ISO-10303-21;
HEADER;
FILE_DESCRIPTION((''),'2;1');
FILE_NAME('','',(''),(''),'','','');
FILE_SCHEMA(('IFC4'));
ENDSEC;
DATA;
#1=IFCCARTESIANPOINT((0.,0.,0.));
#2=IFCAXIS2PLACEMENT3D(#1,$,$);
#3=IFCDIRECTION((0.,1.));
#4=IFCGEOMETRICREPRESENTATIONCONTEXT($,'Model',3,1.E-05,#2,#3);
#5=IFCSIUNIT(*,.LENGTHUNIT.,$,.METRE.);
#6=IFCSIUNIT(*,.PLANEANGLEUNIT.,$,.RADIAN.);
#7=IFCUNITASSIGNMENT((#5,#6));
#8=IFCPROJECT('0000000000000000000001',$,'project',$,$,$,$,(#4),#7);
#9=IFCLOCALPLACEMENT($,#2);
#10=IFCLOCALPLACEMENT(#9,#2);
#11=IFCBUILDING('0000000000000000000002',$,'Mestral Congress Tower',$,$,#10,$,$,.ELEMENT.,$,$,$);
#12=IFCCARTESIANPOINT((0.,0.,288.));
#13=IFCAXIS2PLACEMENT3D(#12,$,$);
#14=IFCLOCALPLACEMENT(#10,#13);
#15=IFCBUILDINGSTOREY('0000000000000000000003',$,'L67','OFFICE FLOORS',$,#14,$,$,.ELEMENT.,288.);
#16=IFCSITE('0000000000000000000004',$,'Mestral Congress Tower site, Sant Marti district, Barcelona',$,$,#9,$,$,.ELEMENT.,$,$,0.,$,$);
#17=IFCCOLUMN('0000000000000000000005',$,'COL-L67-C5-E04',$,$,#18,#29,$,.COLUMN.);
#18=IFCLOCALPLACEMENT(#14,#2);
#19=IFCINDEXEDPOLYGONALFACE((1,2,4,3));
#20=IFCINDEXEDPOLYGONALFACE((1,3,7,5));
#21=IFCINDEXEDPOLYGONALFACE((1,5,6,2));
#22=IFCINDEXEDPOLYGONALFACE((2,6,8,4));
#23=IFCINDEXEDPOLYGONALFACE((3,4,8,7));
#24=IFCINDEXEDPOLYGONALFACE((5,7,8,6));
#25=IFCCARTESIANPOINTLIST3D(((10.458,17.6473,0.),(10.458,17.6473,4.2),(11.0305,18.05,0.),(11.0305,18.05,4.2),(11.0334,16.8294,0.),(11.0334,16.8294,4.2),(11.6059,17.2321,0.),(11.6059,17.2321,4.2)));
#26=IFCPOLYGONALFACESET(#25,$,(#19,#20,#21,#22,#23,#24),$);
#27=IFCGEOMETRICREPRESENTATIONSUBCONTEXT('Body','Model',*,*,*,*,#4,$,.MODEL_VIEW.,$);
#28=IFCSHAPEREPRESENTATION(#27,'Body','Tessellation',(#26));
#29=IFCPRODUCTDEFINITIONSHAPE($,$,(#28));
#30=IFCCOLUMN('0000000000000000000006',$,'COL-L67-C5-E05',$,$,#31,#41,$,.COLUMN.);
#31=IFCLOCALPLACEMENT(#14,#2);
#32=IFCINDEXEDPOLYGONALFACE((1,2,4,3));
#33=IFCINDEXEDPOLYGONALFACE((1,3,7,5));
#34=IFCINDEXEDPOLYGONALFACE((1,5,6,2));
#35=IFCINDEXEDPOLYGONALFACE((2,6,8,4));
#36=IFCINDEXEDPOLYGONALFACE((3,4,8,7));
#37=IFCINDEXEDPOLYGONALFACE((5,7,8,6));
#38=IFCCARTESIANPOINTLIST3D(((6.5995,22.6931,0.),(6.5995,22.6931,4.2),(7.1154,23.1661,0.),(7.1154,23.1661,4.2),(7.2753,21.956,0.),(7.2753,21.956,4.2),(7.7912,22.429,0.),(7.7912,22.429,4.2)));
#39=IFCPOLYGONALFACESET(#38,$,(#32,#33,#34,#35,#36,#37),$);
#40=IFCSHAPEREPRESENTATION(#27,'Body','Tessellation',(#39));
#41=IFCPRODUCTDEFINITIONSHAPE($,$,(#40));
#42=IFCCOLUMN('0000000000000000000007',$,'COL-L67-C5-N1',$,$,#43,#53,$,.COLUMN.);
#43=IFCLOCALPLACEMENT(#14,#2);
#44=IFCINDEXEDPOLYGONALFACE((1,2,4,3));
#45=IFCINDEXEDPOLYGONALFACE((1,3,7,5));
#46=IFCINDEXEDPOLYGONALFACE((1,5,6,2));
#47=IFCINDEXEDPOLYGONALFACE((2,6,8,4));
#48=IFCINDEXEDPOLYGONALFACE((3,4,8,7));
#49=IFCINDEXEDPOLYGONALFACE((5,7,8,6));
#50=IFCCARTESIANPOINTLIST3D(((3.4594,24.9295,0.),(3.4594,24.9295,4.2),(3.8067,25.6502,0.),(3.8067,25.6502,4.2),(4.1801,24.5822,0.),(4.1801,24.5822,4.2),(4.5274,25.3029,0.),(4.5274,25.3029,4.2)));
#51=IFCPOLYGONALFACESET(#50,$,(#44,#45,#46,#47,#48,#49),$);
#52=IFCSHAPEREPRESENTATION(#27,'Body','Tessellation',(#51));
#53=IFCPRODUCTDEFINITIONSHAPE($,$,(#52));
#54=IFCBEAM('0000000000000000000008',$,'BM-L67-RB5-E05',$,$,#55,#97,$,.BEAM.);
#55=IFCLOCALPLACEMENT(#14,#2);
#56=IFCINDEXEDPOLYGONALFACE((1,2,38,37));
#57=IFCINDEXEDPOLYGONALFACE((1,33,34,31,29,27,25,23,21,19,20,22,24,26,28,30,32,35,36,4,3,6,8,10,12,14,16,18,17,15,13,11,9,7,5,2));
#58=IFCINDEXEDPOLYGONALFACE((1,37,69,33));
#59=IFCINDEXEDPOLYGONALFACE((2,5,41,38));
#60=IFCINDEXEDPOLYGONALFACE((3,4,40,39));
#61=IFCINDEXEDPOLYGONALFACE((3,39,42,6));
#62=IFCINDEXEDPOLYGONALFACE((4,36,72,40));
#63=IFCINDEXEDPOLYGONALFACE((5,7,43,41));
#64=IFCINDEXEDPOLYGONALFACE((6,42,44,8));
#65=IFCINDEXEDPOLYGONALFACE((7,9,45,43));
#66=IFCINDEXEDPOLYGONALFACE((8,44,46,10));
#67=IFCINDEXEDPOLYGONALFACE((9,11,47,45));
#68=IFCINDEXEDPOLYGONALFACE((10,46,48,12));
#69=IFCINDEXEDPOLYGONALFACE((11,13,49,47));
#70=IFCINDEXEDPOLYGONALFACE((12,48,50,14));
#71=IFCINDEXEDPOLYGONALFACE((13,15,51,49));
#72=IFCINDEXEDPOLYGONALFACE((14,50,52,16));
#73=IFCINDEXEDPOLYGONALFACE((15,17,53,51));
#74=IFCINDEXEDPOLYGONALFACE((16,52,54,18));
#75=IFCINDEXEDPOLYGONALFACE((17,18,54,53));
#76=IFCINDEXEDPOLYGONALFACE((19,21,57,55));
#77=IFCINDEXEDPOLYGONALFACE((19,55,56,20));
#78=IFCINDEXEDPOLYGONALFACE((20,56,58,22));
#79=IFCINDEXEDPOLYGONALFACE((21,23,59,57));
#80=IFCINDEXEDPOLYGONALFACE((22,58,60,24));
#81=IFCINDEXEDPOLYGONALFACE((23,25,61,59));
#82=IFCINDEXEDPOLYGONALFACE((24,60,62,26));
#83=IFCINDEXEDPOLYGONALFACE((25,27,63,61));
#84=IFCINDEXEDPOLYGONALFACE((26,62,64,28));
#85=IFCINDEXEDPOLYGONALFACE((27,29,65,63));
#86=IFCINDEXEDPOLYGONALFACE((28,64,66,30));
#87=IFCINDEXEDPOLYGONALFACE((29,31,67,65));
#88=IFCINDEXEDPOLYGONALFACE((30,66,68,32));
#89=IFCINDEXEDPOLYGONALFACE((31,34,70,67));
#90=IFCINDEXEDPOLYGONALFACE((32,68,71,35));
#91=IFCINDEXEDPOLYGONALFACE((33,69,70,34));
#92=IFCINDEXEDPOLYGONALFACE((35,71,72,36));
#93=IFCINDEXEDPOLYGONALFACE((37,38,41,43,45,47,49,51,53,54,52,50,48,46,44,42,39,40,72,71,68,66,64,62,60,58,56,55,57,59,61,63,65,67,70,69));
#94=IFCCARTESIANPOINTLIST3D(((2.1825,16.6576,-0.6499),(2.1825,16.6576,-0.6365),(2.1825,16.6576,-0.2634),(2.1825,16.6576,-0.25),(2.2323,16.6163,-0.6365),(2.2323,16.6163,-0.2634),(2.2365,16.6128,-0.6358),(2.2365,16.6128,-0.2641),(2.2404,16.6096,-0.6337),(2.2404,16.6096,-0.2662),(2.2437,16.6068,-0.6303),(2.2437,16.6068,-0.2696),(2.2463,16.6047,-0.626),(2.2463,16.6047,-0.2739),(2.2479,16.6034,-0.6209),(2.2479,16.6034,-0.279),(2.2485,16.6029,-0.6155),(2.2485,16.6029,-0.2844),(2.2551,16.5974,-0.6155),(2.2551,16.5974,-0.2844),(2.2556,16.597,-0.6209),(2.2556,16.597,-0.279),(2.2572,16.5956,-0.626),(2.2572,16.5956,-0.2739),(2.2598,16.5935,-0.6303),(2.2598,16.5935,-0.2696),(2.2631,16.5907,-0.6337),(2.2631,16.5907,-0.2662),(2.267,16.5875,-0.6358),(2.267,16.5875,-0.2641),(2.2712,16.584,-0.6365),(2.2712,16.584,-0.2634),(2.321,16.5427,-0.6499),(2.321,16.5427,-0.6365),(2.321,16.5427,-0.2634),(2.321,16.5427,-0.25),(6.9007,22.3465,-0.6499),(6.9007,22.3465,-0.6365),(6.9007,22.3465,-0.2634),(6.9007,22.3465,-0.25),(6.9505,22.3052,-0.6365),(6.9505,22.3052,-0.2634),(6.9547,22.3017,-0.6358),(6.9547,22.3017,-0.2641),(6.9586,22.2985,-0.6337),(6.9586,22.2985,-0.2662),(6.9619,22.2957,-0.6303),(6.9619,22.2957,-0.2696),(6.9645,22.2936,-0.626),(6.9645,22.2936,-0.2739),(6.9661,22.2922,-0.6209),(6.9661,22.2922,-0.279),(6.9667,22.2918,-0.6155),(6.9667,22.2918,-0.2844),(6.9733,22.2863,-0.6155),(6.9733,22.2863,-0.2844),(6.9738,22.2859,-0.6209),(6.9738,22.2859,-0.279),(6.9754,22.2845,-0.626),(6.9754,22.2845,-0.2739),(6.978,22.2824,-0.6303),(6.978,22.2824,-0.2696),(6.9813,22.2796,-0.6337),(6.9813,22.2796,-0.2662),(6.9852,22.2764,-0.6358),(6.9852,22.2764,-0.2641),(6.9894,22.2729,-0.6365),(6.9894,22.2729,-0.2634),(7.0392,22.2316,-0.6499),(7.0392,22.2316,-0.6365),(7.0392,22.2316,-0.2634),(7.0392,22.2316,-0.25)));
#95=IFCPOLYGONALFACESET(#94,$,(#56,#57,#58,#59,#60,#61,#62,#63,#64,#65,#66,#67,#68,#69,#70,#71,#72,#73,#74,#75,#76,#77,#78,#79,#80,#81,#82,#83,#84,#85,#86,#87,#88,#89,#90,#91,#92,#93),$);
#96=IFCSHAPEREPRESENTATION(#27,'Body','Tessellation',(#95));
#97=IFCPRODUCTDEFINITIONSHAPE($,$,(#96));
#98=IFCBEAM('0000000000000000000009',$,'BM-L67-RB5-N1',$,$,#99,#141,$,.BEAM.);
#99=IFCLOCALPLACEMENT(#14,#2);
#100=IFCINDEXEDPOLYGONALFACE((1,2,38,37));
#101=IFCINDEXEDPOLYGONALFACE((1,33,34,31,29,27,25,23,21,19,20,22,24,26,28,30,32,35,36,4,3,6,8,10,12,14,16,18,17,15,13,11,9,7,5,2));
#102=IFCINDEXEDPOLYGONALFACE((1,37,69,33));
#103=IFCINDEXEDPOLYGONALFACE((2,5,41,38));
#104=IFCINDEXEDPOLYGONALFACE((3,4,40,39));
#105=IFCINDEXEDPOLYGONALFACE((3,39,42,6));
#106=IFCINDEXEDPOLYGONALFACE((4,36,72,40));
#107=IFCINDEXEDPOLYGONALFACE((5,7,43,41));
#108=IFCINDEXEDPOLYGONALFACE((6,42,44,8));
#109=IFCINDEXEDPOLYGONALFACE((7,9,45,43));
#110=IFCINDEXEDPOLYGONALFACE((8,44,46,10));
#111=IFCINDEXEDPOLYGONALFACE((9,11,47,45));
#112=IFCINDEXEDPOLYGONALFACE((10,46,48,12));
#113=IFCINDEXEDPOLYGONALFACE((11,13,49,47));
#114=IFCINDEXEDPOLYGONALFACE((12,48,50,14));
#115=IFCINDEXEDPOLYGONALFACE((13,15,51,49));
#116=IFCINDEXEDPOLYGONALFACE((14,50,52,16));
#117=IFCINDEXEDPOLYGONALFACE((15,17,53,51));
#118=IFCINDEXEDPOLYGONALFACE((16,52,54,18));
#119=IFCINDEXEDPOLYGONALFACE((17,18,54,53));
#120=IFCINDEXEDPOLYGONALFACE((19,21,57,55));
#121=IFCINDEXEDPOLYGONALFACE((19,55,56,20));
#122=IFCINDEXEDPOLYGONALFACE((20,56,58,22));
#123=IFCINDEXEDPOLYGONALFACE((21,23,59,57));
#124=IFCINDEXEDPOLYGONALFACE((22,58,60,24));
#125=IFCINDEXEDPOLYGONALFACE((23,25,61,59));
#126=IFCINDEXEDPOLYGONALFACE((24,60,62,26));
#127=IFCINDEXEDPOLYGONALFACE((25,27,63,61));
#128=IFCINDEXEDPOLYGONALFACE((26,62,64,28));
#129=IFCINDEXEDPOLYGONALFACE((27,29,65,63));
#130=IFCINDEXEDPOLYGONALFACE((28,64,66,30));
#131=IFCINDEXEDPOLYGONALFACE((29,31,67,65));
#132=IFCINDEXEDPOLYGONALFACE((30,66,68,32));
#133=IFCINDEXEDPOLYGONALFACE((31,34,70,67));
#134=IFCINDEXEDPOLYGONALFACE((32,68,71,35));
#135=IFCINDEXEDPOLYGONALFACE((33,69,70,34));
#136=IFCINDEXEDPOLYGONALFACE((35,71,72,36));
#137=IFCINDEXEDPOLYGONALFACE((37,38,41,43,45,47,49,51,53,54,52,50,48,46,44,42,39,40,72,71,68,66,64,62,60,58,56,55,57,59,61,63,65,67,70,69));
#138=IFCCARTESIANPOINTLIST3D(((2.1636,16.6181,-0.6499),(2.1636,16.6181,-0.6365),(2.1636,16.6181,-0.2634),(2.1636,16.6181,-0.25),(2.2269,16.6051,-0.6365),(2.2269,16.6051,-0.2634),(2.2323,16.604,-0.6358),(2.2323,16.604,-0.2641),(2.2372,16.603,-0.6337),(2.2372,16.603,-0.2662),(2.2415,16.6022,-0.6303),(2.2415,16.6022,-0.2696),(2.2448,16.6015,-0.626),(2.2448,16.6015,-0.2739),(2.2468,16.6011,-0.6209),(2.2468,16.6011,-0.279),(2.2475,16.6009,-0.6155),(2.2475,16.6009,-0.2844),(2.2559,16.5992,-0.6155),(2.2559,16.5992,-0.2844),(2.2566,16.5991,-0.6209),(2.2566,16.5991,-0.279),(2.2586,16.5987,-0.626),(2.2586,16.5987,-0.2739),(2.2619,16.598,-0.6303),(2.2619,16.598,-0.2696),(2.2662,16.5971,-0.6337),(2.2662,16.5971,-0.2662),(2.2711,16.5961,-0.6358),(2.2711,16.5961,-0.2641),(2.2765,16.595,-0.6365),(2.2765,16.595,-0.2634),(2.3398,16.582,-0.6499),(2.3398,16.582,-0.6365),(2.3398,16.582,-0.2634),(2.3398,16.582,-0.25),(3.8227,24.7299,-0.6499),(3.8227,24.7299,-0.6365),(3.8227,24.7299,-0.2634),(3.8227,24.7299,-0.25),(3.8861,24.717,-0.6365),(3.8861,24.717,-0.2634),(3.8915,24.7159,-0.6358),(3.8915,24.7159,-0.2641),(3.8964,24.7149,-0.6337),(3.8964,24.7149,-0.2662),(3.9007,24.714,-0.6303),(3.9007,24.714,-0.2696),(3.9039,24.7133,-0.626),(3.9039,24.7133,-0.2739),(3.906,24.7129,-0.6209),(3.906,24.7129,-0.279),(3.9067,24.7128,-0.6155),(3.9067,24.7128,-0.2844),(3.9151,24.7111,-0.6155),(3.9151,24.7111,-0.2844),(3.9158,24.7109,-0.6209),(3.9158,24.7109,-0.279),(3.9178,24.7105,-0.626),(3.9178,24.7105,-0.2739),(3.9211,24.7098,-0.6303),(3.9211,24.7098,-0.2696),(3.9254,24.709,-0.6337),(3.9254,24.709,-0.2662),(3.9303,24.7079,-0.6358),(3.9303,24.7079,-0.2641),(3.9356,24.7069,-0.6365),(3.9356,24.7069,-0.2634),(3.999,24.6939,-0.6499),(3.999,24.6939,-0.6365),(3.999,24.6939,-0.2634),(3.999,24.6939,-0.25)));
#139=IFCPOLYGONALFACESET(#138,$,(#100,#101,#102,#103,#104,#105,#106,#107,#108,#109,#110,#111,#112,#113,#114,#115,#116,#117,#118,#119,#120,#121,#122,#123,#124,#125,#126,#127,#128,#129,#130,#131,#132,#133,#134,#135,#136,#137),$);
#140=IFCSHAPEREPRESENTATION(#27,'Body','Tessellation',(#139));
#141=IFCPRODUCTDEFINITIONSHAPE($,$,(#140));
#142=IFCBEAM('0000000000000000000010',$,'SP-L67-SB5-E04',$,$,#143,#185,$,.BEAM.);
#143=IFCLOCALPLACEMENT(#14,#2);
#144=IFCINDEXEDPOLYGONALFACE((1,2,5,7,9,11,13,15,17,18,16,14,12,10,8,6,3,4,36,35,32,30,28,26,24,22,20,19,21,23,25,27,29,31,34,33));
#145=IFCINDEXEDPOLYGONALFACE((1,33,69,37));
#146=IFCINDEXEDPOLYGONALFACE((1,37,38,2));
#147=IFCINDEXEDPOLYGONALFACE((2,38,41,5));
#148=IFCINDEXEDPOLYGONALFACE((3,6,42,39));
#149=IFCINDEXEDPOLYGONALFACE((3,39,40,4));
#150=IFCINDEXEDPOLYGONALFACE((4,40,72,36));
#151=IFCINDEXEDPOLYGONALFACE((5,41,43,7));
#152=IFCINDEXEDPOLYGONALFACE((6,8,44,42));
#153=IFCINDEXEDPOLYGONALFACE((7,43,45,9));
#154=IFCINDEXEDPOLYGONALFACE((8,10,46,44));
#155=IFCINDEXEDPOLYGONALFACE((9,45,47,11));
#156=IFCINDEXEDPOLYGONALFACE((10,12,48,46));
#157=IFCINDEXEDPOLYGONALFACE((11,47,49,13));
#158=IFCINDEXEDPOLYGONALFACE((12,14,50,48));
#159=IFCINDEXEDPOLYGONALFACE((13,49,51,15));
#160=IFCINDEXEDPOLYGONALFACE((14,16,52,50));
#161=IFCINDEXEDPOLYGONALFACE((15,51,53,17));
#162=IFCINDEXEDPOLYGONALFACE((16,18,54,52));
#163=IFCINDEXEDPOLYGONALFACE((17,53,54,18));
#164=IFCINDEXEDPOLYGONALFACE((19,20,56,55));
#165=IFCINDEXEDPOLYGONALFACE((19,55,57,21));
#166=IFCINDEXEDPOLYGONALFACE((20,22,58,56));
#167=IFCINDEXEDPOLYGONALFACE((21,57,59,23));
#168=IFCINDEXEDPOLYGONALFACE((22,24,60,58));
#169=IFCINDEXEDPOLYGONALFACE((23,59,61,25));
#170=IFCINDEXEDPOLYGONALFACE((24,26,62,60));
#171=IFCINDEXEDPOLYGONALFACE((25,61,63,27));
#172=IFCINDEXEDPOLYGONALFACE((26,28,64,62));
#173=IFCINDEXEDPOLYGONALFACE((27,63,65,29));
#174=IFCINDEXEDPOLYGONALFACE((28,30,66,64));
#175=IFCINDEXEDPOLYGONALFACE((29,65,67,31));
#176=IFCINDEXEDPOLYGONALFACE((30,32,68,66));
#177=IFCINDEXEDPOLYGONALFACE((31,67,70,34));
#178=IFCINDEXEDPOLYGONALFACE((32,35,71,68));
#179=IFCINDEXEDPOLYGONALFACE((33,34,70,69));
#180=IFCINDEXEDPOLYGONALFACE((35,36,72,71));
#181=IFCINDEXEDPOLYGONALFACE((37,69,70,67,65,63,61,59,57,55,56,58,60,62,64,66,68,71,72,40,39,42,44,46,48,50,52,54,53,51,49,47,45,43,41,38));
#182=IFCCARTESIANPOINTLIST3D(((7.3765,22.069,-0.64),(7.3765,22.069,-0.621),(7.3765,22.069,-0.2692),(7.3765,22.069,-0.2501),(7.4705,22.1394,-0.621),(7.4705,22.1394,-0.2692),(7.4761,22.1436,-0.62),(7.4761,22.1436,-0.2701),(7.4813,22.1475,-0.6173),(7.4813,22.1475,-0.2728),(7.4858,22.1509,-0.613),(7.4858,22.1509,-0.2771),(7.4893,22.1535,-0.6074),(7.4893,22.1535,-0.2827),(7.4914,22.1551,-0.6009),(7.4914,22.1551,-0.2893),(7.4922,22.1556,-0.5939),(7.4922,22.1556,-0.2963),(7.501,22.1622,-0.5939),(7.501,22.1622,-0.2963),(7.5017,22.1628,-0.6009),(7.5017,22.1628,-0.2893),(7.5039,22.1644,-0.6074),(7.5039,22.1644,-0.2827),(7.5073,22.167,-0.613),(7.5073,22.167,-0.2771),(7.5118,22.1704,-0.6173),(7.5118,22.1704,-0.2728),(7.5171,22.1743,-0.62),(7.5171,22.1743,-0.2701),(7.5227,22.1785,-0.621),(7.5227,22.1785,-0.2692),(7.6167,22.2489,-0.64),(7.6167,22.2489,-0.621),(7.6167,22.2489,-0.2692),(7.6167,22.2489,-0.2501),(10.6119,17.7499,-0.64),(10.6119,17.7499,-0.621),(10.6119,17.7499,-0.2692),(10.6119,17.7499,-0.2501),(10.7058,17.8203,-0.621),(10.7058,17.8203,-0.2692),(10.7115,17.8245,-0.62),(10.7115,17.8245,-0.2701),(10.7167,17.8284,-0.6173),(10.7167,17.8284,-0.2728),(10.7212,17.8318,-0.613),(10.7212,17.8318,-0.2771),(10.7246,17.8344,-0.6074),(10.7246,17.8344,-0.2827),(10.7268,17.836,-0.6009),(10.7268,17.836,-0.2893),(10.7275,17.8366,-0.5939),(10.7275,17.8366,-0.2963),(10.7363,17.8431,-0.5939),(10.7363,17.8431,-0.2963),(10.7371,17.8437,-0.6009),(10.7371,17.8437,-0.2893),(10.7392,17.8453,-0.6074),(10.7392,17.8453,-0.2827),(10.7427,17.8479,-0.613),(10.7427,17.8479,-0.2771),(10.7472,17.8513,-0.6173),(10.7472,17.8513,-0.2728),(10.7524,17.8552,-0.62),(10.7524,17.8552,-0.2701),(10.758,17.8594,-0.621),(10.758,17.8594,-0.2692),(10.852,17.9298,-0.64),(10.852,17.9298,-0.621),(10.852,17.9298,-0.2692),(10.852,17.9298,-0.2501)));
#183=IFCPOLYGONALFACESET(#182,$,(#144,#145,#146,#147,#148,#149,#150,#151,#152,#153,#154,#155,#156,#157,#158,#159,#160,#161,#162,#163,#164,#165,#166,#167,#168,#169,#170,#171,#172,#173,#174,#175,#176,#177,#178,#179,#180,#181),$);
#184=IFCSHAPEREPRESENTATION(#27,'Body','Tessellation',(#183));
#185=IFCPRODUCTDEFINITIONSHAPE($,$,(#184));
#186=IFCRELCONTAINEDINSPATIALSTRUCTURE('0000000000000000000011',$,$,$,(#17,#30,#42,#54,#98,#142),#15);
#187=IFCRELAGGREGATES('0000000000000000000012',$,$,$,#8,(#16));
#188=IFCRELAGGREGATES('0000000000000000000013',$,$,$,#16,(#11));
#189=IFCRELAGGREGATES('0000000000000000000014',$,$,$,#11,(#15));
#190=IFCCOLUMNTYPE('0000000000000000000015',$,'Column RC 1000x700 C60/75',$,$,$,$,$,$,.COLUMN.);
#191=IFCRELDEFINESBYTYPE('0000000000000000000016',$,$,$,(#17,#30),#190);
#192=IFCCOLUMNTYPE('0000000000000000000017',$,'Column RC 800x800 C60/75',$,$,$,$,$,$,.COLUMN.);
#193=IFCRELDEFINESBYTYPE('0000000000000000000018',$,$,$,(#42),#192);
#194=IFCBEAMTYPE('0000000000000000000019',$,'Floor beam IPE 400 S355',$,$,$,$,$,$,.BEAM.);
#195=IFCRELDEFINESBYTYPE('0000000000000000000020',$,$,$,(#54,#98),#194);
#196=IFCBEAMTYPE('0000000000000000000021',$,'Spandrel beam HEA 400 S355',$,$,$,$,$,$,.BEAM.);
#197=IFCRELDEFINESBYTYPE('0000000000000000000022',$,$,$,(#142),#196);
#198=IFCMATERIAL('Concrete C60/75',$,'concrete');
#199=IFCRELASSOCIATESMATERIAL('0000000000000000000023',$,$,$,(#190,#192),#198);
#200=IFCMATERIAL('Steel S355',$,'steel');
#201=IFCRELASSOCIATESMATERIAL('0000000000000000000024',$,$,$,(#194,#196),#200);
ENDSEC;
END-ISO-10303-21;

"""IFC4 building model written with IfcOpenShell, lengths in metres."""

from ifc_helpers import new_model, si_unit, direction, frame, origin, origin_2d, place, context, subcontext, project, spatial, rectangle, i_section, extrude, material, material_profile, profile_set, type_object, element, save


model = new_model("IFC4")

# Units and contexts
model_context = context("Model", 3, precision=1e-05, world=origin(), true_north=direction((0.0, 1.0)))
body_context = subcontext(model_context, "Body", "Model", "MODEL_VIEW")
ifc_project = project(units=[si_unit("LENGTHUNIT", "METRE"), si_unit("PLANEANGLEUNIT", "RADIAN")], contexts=[model_context])

# Site, building, storey
site_placement = place(None, origin())
site = spatial("IfcSite", under=ifc_project, at=site_placement, Name="Mestral Congress Tower site, Sant Marti district, Barcelona", CompositionType="ELEMENT", RefElevation=0.0)
building_placement = place(site_placement, origin())
building = spatial("IfcBuilding", under=site, at=building_placement, Name="Mestral Congress Tower", CompositionType="ELEMENT")
storey_placement = place(building_placement, frame((0.0, 0.0, 288.0)))
storey = spatial("IfcBuildingStorey", under=building, at=storey_placement, Name="L67", Description="OFFICE FLOORS", CompositionType="ELEMENT", Elevation=288.0)

# Columns
ifc_material_1 = material(Name="Concrete C60/75", Category="concrete")
ifc_material_profile_1 = material_profile(ifc_material_1, rectangle(XDim=1.0, YDim=0.7, at=origin_2d()), Name="RC 1000x700")
ifc_profile_set_1 = profile_set([ifc_material_profile_1], Name="Concrete C60/75")
column_type_1 = type_object("IfcColumnType", Name="Column RC 1000x700 C60/75", PredefinedType="COLUMN", material=ifc_profile_set_1)
for number, where, z_axis, x_axis, name in (
    (1, (11.032, 17.4397, 0.0), (0.0, 0.0, 1.0), (-0.575402, 0.817871, 0.0), "COL-L67-C5-E04"),
    (2, (7.1953, 22.561, 0.0), (0.0, 0.0, 1.0), (-0.675803, 0.737083, 0.0), "COL-L67-C5-E05"),
):
    element("IfcColumn", number, at=place(storey_placement, frame(where, z_axis=z_axis, x_axis=x_axis)), inside=storey, type_object=column_type_1, Name=name, PredefinedType="COLUMN", context=body_context, shape_type="SweptSolid", body=[
        extrude(rectangle(XDim=1.0, YDim=0.7, at=origin_2d()), origin(), (0.0, 0.0, 1.0), 4.2),
    ])
ifc_material_profile_2 = material_profile(ifc_material_1, rectangle(XDim=0.8, YDim=0.8, at=origin_2d()), Name="RC 800x800")
ifc_profile_set_2 = profile_set([ifc_material_profile_2], Name="Concrete C60/75")
column_type_2 = type_object("IfcColumnType", Name="Column RC 800x800 C60/75", PredefinedType="COLUMN", material=ifc_profile_set_2)
column_placement = place(storey_placement, frame((3.9934, 25.1162, 0.0), z_axis=(0.0, 0.0, 1.0), x_axis=(-0.900873, 0.434082, 0.0)))
element("IfcColumn", 3, at=column_placement, inside=storey, type_object=column_type_2, Name="COL-L67-C5-N1", PredefinedType="COLUMN", context=body_context, shape_type="SweptSolid", body=[
    extrude(rectangle(XDim=0.8, YDim=0.8, at=origin_2d()), origin(), (0.0, 0.0, 1.0), 4.2),
])

# Beams
ifc_material_2 = material(Name="Steel S355", Category="steel")
ifc_material_profile_3 = material_profile(ifc_material_2, i_section(OverallWidth=0.1799, OverallDepth=0.3999, WebThickness=0.0085, FlangeThickness=0.0134, FilletRadius=0.021, at=origin_2d()), Name="IPE 400")
ifc_profile_set_3 = profile_set([ifc_material_profile_3], Name="Steel S355")
beam_type_1 = type_object("IfcBeamType", Name="Floor beam IPE 400 S355", PredefinedType="BEAM", material=ifc_profile_set_3)
beam_1_placement = place(storey_placement, frame((6.97, 22.2891, -0.45), z_axis=(-0.638383, -0.769719, 0.0), x_axis=(0.769719, -0.638383, 0.0)))
element("IfcBeam", 4, at=beam_1_placement, inside=storey, type_object=beam_type_1, Name="BM-L67-RB5-E05", PredefinedType="BEAM", context=body_context, shape_type="SweptSolid", body=[
    extrude(i_section(OverallWidth=0.1799, OverallDepth=0.3999, WebThickness=0.0085, FlangeThickness=0.0134, FilletRadius=0.021, at=origin_2d()), origin(), (0.0, 0.0, 1.0), 7.3909),
])
beam_2_placement = place(storey_placement, frame((3.9109, 24.7119, -0.45), z_axis=(-0.20039, -0.979716, 0.0), x_axis=(0.979716, -0.20039, 0.0)))
element("IfcBeam", 5, at=beam_2_placement, inside=storey, type_object=beam_type_1, Name="BM-L67-RB5-N1", PredefinedType="BEAM", context=body_context, shape_type="SweptSolid", body=[
    extrude(i_section(OverallWidth=0.1799, OverallDepth=0.3999, WebThickness=0.0085, FlangeThickness=0.0134, FilletRadius=0.021, at=origin_2d()), origin(), (0.0, 0.0, 1.0), 8.2798),
])
ifc_material_profile_4 = material_profile(ifc_material_2, i_section(OverallWidth=0.3, OverallDepth=0.3899, WebThickness=0.011, FlangeThickness=0.019, FilletRadius=0.0271, at=origin_2d()), Name="HEA 400")
ifc_profile_set_4 = profile_set([ifc_material_profile_4], Name="Steel S355")
beam_type_2 = type_object("IfcBeamType", Name="Spandrel beam HEA 400 S355", PredefinedType="BEAM", material=ifc_profile_set_4)
beam_3_placement = place(storey_placement, frame((10.7319, 17.8398, -0.4451), z_axis=(-0.599529, 0.800353, 0.0), x_axis=(-0.800353, -0.599529, 0.0)))
element("IfcBeam", 6, at=beam_3_placement, inside=storey, type_object=beam_type_2, Name="SP-L67-SB5-E04", PredefinedType="BEAM", context=body_context, shape_type="SweptSolid", body=[
    extrude(i_section(OverallWidth=0.3, OverallDepth=0.3899, WebThickness=0.011, FlangeThickness=0.019, FilletRadius=0.0271, at=origin_2d()), origin(), (0.0, 0.0, 1.0), 5.3965),
])

save(model, "model.ifc")
